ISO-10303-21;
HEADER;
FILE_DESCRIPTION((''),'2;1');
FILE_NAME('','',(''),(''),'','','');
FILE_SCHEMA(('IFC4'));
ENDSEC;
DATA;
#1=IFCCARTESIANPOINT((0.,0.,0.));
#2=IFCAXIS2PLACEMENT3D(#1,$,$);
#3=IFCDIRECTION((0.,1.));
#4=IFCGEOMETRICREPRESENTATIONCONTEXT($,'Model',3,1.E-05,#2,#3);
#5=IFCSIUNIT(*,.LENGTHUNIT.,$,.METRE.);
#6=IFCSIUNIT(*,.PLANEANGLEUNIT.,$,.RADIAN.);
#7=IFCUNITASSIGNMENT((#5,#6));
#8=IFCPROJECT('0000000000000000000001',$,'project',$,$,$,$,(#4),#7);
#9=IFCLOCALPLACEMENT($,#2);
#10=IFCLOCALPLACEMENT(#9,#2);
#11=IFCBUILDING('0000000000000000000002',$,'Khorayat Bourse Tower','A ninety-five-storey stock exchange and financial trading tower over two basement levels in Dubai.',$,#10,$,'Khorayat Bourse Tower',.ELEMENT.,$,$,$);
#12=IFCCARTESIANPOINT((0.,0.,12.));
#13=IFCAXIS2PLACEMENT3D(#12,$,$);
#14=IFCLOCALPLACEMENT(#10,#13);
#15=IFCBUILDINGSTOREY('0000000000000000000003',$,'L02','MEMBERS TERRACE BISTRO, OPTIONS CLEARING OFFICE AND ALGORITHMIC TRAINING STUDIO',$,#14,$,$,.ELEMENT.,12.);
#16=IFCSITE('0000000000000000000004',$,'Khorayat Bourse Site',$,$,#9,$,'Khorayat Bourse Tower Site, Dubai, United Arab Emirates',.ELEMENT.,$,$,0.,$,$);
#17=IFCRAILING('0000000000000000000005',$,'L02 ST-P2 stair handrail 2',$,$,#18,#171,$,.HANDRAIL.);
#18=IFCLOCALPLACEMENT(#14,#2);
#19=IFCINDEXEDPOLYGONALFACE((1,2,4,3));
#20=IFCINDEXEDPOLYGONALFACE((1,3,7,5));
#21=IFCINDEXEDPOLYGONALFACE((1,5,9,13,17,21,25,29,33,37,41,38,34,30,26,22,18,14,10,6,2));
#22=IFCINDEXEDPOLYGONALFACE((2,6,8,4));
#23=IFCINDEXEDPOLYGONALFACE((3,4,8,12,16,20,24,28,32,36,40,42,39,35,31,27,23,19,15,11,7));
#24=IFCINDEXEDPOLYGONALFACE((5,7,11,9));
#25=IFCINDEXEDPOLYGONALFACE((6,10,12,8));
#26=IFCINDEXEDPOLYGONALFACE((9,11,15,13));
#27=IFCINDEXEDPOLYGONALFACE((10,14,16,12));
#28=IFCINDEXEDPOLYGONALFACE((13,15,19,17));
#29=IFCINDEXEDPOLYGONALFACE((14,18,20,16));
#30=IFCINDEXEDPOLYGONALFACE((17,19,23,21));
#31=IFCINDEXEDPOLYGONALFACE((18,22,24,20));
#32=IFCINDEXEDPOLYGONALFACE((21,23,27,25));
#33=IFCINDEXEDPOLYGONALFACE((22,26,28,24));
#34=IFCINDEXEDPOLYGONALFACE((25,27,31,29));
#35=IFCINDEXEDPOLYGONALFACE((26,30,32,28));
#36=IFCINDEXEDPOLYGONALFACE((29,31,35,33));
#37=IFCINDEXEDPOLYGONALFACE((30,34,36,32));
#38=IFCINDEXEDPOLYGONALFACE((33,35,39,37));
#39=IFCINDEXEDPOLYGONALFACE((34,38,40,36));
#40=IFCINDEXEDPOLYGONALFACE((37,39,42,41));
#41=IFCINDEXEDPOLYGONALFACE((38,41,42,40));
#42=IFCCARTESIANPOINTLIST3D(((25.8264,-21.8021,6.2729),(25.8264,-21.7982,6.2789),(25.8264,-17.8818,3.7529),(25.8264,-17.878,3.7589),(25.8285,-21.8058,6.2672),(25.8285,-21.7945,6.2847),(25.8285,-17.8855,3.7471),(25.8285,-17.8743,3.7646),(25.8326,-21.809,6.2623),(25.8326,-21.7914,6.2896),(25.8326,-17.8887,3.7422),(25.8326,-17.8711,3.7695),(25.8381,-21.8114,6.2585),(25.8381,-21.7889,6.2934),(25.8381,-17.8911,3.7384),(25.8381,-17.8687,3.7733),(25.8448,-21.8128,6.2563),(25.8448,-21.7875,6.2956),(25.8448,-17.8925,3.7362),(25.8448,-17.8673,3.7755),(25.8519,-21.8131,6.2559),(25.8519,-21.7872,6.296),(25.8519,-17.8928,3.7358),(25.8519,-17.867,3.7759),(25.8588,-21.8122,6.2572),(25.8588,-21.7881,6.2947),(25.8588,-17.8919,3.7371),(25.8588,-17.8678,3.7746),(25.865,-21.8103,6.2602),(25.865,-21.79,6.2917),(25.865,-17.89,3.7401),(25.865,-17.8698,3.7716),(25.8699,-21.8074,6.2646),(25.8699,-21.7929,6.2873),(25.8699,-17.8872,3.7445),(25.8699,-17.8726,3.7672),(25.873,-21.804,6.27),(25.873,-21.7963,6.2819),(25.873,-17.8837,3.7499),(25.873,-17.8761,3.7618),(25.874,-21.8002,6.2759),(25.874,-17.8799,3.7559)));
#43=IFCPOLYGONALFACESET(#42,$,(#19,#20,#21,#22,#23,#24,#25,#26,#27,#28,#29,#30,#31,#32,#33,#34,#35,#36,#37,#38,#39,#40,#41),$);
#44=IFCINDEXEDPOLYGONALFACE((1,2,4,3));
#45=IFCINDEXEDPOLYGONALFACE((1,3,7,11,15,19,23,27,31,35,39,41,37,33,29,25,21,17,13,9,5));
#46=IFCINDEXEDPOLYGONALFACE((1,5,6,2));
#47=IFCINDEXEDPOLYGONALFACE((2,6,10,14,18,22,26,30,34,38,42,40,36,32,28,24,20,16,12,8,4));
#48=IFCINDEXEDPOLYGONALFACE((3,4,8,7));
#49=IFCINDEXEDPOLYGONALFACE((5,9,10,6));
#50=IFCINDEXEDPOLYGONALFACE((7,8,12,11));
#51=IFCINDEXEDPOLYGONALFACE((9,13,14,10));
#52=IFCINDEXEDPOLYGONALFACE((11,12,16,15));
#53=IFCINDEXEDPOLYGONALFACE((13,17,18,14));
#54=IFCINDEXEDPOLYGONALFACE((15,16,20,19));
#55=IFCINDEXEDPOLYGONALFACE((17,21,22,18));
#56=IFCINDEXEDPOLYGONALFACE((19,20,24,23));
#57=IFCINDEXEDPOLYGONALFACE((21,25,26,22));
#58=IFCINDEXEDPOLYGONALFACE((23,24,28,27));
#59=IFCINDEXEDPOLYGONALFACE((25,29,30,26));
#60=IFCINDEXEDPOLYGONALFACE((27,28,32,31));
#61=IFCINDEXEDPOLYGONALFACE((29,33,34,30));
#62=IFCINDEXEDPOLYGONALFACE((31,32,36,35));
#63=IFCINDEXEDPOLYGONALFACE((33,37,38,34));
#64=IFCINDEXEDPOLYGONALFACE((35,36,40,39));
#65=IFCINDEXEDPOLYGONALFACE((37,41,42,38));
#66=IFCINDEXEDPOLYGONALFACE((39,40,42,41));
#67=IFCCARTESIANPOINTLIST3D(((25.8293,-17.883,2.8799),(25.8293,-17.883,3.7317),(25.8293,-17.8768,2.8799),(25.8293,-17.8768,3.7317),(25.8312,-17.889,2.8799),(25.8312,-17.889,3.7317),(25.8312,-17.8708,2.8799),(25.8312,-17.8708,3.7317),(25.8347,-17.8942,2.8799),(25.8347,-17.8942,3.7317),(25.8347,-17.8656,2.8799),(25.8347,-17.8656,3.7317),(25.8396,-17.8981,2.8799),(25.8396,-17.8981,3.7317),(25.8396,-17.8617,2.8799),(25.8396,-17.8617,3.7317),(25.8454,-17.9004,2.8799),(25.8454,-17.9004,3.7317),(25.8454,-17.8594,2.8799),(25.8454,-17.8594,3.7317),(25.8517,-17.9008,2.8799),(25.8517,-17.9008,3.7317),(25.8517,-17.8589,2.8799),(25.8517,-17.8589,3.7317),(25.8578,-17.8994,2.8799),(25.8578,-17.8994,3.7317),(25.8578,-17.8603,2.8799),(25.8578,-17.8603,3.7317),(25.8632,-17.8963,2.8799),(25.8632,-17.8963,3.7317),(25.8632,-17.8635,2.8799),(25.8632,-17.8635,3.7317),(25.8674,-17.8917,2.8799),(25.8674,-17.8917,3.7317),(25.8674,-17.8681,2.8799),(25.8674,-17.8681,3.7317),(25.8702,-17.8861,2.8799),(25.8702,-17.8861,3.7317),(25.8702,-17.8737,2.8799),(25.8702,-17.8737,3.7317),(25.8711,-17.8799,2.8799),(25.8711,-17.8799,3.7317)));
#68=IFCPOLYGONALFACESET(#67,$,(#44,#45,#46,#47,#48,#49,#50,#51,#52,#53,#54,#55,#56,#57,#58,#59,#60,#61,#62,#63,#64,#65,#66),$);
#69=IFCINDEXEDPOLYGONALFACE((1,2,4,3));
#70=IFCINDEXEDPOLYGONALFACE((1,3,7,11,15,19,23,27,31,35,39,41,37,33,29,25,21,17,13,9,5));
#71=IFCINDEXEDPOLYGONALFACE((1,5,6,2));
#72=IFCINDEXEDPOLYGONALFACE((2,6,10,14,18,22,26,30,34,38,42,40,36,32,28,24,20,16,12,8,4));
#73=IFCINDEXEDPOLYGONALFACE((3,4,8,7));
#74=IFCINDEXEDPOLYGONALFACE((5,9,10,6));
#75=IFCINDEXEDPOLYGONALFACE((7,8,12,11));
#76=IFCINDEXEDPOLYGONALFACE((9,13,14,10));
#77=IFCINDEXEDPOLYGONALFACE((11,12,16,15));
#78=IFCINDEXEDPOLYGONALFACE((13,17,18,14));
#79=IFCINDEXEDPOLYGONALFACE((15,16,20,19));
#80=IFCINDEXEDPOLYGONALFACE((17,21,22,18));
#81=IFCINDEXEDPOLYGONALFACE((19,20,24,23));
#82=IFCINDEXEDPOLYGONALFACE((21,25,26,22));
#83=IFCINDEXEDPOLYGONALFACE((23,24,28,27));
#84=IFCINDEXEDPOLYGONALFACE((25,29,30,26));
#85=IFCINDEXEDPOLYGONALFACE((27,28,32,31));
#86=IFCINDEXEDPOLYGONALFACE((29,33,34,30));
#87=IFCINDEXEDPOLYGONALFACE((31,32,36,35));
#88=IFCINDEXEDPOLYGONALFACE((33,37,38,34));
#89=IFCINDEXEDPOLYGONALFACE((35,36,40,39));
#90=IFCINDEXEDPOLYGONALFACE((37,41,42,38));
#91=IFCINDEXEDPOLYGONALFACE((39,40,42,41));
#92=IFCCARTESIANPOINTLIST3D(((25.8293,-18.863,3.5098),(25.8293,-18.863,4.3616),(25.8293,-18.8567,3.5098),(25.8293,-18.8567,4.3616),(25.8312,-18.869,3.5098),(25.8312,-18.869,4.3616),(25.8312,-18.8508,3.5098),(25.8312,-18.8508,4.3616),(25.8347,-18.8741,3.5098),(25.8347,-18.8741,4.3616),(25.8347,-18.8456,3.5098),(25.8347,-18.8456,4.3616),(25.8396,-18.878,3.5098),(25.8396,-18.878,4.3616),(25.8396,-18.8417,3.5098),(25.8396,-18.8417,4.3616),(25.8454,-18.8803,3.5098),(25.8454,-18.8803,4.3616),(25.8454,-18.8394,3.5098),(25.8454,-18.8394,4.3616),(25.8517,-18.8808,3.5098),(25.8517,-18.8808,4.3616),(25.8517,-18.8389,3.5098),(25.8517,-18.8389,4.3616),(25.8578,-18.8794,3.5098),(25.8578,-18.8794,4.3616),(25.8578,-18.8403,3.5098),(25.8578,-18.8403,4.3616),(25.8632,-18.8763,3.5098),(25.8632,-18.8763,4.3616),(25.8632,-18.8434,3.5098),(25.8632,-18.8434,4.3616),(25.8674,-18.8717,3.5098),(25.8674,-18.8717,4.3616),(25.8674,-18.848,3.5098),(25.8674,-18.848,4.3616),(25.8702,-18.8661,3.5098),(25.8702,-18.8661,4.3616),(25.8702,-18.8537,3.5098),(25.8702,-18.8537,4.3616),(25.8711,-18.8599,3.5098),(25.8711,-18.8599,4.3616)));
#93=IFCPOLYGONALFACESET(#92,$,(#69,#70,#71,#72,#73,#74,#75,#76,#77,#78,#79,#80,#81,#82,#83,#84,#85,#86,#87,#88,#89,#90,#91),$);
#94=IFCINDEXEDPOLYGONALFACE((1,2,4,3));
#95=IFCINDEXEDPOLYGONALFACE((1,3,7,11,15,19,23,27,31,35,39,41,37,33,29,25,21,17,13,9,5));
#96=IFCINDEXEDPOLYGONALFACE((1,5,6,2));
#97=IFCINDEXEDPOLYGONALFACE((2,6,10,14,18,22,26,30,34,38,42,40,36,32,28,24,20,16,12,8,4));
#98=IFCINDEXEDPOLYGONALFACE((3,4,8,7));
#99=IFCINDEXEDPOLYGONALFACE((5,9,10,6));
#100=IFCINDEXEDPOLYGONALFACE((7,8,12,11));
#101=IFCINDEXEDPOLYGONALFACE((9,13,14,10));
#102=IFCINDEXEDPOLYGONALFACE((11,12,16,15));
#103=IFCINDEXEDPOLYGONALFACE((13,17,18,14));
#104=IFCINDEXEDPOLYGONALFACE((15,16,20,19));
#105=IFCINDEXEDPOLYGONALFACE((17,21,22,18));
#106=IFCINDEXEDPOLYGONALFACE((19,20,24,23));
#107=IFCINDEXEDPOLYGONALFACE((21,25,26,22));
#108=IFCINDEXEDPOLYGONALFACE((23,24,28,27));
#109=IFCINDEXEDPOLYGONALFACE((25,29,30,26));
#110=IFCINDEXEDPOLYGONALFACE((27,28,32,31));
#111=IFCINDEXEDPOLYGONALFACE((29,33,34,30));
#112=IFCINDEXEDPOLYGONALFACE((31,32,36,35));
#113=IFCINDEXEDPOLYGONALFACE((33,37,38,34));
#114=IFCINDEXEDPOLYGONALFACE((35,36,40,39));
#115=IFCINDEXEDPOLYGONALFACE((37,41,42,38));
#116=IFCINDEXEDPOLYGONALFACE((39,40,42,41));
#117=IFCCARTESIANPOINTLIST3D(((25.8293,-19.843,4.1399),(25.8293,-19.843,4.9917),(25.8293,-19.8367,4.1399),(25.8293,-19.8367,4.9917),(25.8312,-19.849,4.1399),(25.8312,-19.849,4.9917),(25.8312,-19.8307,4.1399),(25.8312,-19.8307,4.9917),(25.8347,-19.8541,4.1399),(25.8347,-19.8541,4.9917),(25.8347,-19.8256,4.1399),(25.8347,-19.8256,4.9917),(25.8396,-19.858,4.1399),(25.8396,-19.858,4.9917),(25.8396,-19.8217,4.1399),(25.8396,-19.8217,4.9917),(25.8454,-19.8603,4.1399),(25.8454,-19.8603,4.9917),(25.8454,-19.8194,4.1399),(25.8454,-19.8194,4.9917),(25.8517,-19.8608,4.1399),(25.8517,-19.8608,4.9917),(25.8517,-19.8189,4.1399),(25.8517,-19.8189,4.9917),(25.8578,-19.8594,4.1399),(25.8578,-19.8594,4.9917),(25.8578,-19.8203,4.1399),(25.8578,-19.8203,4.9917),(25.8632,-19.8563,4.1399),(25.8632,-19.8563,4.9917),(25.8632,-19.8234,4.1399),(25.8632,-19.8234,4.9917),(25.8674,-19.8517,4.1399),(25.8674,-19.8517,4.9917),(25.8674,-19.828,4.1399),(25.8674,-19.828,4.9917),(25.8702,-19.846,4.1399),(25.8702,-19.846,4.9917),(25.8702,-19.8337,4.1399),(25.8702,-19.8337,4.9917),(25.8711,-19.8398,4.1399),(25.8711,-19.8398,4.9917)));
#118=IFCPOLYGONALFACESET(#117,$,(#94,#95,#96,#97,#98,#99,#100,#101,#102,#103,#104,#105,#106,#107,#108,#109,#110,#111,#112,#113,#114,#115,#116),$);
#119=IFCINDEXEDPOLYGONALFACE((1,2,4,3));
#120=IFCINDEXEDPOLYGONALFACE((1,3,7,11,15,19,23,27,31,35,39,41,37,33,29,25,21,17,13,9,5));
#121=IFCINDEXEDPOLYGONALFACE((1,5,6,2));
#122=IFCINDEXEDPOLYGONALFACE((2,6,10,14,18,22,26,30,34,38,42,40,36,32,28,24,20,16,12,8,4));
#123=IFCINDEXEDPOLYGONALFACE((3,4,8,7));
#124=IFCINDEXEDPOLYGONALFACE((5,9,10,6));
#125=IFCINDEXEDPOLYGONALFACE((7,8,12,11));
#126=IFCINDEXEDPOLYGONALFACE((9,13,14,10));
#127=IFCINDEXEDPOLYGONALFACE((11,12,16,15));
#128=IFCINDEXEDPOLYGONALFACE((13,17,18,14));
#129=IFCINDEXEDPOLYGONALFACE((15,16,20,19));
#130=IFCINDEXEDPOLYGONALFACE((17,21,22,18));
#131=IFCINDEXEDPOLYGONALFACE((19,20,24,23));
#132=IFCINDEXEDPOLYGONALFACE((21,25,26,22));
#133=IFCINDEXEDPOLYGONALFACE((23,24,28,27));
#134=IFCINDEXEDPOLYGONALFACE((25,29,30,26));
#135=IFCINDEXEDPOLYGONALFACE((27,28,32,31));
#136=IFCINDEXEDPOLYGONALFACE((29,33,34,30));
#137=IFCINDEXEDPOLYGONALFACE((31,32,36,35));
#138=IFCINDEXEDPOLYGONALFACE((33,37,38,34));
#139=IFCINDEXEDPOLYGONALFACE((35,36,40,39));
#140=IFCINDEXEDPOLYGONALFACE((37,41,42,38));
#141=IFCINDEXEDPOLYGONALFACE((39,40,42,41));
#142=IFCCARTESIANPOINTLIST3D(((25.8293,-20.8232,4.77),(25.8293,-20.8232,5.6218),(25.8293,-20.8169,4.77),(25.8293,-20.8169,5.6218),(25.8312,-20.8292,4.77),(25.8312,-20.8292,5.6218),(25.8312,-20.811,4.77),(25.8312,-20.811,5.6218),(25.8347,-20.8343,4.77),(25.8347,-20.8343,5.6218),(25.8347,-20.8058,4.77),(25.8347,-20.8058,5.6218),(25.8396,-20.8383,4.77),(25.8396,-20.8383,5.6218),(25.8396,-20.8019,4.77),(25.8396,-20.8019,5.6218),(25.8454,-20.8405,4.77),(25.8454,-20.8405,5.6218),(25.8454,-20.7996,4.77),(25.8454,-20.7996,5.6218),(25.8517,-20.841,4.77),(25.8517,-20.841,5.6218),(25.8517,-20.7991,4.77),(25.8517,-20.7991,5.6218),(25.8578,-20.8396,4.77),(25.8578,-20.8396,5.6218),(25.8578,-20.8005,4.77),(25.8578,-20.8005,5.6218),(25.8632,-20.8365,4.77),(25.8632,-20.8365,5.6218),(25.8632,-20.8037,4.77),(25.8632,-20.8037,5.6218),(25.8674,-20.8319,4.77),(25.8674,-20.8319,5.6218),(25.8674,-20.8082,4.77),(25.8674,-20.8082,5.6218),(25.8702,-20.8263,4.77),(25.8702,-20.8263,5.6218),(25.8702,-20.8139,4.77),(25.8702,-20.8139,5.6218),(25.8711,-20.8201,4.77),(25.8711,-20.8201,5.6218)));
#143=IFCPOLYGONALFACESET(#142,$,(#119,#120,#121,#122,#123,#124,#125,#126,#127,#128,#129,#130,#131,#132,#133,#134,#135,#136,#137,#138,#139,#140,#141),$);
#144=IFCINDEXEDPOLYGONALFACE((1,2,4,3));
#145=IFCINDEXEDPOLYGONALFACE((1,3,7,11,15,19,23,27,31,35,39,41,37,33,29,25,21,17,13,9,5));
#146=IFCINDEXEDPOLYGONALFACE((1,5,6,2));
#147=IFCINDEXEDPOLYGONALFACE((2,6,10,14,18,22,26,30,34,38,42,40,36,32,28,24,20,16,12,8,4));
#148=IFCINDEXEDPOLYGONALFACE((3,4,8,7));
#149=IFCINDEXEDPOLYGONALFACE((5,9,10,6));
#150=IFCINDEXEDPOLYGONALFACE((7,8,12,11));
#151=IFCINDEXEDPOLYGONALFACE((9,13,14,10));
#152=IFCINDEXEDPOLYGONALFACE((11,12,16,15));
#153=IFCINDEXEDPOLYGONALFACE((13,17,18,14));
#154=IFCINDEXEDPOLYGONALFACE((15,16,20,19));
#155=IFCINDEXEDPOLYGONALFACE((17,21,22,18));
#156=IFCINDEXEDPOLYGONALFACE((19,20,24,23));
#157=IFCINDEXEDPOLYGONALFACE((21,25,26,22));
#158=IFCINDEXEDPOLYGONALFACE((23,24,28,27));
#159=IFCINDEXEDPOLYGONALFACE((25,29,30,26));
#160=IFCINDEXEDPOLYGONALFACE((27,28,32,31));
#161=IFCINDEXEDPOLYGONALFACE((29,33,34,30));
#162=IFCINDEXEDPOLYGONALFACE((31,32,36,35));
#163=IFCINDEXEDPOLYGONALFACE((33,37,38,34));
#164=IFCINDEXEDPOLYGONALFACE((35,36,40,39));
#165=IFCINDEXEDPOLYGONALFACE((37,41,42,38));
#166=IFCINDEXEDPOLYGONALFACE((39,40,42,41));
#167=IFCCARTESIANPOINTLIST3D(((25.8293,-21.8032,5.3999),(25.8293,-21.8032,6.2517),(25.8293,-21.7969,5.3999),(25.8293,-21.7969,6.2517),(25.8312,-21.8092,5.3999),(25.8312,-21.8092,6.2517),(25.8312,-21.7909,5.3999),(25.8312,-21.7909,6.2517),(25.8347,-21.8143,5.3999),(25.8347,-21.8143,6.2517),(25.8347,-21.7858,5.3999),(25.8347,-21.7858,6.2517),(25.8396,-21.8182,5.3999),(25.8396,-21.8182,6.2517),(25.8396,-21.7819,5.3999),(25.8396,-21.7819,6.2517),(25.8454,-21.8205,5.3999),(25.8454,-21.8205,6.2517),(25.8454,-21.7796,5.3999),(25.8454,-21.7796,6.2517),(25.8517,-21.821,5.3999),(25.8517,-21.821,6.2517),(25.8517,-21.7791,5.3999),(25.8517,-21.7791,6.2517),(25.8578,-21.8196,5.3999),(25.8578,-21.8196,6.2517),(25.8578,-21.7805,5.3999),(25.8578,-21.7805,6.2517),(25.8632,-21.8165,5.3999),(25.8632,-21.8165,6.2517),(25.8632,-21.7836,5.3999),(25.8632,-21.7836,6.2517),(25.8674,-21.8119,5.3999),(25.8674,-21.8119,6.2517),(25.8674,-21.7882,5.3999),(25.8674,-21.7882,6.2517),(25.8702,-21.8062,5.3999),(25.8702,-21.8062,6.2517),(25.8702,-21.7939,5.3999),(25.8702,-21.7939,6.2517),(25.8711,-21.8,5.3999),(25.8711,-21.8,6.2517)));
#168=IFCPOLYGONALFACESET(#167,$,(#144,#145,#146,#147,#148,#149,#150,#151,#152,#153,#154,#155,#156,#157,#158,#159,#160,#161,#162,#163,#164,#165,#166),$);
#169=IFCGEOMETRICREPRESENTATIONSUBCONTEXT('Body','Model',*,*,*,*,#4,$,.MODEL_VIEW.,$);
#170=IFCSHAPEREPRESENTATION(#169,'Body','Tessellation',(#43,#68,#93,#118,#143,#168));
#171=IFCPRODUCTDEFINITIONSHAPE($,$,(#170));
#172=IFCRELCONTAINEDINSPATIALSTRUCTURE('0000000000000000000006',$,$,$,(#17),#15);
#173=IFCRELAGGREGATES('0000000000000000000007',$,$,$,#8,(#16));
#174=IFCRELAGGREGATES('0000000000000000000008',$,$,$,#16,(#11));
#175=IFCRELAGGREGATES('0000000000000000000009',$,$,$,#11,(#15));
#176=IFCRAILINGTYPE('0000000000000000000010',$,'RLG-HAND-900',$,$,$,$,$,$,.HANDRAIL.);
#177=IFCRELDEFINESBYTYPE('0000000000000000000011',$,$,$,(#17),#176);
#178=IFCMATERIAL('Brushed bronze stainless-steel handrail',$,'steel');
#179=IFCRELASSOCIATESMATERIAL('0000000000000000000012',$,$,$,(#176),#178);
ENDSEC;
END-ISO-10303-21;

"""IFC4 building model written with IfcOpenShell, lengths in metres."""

from ifc_helpers import new_model, si_unit, direction, frame, origin, origin_2d, place, context, subcontext, project, spatial, circle, extrude, source, transform, mapped, material, type_object, element, save


model = new_model("IFC4")

# Units and contexts
model_context = context("Model", 3, precision=1e-05, world=origin(), true_north=direction((0.0, 1.0)))
body_context = subcontext(model_context, "Body", "Model", "MODEL_VIEW")
ifc_project = project(units=[si_unit("LENGTHUNIT", "METRE"), si_unit("PLANEANGLEUNIT", "RADIAN")], contexts=[model_context])

# Site, building, storey
site_placement = place(None, origin())
site = spatial("IfcSite", under=ifc_project, at=site_placement, Name="Khorayat Bourse Site", LongName="Khorayat Bourse Tower Site, Dubai, United Arab Emirates", CompositionType="ELEMENT", RefElevation=0.0)
building_placement = place(site_placement, origin())
building = spatial("IfcBuilding", under=site, at=building_placement, Name="Khorayat Bourse Tower", Description="A ninety-five-storey stock exchange and financial trading tower over two basement levels in Dubai.", LongName="Khorayat Bourse Tower", CompositionType="ELEMENT")
storey_placement = place(building_placement, frame((0.0, 0.0, 12.0)))
storey = spatial("IfcBuildingStorey", under=building, at=storey_placement, Name="L02", Description="MEMBERS TERRACE BISTRO, OPTIONS CLEARING OFFICE AND ALGORITHMIC TRAINING STUDIO", CompositionType="ELEMENT", Elevation=12.0)

# Railing
ifc_material_1 = material(Name="Brushed bronze stainless-steel handrail", Category="steel")
railing_type = type_object("IfcRailingType", Name="RLG-HAND-900", PredefinedType="HANDRAIL", material=ifc_material_1)
shared_shape_1 = source(origin(), body_context, "Body", "SweptSolid", [
    extrude(circle(Radius=0.0239, at=origin_2d()), frame((0.0, 0.0, 0.876), z_axis=(0.0, -0.841187, 0.540744), x_axis=(1.0, 0.0, 0.0)), (0.0, 0.0, 1.0), 4.6604),
    extrude(circle(Radius=0.021, at=origin_2d()), origin(), (0.0, 0.0, 1.0), 0.8518),
    extrude(circle(Radius=0.021, at=origin_2d()), frame((0.0, -0.98, 0.6299)), (0.0, 0.0, 1.0), 0.8518),
    extrude(circle(Radius=0.021, at=origin_2d()), frame((0.0, -1.96, 1.26)), (0.0, 0.0, 1.0), 0.8518),
    extrude(circle(Radius=0.021, at=origin_2d()), frame((0.0, -2.9402, 1.8901)), (0.0, 0.0, 1.0), 0.8518),
    extrude(circle(Radius=0.021, at=origin_2d()), frame((0.0, -3.9202, 2.52)), (0.0, 0.0, 1.0), 0.8518),
])
railing_placement = place(storey_placement, frame((25.8501, -17.8799, 2.8799)))
element("IfcRailing", 1, at=railing_placement, inside=storey, type_object=railing_type, Name="L02 ST-P2 stair handrail 2", PredefinedType="HANDRAIL", context=body_context, shape_type="MappedRepresentation", body=[
    mapped(shared_shape_1, transform((0.0, 0.0, 0.0), scale=1.0)),
])

save(model, "model.ifc")
